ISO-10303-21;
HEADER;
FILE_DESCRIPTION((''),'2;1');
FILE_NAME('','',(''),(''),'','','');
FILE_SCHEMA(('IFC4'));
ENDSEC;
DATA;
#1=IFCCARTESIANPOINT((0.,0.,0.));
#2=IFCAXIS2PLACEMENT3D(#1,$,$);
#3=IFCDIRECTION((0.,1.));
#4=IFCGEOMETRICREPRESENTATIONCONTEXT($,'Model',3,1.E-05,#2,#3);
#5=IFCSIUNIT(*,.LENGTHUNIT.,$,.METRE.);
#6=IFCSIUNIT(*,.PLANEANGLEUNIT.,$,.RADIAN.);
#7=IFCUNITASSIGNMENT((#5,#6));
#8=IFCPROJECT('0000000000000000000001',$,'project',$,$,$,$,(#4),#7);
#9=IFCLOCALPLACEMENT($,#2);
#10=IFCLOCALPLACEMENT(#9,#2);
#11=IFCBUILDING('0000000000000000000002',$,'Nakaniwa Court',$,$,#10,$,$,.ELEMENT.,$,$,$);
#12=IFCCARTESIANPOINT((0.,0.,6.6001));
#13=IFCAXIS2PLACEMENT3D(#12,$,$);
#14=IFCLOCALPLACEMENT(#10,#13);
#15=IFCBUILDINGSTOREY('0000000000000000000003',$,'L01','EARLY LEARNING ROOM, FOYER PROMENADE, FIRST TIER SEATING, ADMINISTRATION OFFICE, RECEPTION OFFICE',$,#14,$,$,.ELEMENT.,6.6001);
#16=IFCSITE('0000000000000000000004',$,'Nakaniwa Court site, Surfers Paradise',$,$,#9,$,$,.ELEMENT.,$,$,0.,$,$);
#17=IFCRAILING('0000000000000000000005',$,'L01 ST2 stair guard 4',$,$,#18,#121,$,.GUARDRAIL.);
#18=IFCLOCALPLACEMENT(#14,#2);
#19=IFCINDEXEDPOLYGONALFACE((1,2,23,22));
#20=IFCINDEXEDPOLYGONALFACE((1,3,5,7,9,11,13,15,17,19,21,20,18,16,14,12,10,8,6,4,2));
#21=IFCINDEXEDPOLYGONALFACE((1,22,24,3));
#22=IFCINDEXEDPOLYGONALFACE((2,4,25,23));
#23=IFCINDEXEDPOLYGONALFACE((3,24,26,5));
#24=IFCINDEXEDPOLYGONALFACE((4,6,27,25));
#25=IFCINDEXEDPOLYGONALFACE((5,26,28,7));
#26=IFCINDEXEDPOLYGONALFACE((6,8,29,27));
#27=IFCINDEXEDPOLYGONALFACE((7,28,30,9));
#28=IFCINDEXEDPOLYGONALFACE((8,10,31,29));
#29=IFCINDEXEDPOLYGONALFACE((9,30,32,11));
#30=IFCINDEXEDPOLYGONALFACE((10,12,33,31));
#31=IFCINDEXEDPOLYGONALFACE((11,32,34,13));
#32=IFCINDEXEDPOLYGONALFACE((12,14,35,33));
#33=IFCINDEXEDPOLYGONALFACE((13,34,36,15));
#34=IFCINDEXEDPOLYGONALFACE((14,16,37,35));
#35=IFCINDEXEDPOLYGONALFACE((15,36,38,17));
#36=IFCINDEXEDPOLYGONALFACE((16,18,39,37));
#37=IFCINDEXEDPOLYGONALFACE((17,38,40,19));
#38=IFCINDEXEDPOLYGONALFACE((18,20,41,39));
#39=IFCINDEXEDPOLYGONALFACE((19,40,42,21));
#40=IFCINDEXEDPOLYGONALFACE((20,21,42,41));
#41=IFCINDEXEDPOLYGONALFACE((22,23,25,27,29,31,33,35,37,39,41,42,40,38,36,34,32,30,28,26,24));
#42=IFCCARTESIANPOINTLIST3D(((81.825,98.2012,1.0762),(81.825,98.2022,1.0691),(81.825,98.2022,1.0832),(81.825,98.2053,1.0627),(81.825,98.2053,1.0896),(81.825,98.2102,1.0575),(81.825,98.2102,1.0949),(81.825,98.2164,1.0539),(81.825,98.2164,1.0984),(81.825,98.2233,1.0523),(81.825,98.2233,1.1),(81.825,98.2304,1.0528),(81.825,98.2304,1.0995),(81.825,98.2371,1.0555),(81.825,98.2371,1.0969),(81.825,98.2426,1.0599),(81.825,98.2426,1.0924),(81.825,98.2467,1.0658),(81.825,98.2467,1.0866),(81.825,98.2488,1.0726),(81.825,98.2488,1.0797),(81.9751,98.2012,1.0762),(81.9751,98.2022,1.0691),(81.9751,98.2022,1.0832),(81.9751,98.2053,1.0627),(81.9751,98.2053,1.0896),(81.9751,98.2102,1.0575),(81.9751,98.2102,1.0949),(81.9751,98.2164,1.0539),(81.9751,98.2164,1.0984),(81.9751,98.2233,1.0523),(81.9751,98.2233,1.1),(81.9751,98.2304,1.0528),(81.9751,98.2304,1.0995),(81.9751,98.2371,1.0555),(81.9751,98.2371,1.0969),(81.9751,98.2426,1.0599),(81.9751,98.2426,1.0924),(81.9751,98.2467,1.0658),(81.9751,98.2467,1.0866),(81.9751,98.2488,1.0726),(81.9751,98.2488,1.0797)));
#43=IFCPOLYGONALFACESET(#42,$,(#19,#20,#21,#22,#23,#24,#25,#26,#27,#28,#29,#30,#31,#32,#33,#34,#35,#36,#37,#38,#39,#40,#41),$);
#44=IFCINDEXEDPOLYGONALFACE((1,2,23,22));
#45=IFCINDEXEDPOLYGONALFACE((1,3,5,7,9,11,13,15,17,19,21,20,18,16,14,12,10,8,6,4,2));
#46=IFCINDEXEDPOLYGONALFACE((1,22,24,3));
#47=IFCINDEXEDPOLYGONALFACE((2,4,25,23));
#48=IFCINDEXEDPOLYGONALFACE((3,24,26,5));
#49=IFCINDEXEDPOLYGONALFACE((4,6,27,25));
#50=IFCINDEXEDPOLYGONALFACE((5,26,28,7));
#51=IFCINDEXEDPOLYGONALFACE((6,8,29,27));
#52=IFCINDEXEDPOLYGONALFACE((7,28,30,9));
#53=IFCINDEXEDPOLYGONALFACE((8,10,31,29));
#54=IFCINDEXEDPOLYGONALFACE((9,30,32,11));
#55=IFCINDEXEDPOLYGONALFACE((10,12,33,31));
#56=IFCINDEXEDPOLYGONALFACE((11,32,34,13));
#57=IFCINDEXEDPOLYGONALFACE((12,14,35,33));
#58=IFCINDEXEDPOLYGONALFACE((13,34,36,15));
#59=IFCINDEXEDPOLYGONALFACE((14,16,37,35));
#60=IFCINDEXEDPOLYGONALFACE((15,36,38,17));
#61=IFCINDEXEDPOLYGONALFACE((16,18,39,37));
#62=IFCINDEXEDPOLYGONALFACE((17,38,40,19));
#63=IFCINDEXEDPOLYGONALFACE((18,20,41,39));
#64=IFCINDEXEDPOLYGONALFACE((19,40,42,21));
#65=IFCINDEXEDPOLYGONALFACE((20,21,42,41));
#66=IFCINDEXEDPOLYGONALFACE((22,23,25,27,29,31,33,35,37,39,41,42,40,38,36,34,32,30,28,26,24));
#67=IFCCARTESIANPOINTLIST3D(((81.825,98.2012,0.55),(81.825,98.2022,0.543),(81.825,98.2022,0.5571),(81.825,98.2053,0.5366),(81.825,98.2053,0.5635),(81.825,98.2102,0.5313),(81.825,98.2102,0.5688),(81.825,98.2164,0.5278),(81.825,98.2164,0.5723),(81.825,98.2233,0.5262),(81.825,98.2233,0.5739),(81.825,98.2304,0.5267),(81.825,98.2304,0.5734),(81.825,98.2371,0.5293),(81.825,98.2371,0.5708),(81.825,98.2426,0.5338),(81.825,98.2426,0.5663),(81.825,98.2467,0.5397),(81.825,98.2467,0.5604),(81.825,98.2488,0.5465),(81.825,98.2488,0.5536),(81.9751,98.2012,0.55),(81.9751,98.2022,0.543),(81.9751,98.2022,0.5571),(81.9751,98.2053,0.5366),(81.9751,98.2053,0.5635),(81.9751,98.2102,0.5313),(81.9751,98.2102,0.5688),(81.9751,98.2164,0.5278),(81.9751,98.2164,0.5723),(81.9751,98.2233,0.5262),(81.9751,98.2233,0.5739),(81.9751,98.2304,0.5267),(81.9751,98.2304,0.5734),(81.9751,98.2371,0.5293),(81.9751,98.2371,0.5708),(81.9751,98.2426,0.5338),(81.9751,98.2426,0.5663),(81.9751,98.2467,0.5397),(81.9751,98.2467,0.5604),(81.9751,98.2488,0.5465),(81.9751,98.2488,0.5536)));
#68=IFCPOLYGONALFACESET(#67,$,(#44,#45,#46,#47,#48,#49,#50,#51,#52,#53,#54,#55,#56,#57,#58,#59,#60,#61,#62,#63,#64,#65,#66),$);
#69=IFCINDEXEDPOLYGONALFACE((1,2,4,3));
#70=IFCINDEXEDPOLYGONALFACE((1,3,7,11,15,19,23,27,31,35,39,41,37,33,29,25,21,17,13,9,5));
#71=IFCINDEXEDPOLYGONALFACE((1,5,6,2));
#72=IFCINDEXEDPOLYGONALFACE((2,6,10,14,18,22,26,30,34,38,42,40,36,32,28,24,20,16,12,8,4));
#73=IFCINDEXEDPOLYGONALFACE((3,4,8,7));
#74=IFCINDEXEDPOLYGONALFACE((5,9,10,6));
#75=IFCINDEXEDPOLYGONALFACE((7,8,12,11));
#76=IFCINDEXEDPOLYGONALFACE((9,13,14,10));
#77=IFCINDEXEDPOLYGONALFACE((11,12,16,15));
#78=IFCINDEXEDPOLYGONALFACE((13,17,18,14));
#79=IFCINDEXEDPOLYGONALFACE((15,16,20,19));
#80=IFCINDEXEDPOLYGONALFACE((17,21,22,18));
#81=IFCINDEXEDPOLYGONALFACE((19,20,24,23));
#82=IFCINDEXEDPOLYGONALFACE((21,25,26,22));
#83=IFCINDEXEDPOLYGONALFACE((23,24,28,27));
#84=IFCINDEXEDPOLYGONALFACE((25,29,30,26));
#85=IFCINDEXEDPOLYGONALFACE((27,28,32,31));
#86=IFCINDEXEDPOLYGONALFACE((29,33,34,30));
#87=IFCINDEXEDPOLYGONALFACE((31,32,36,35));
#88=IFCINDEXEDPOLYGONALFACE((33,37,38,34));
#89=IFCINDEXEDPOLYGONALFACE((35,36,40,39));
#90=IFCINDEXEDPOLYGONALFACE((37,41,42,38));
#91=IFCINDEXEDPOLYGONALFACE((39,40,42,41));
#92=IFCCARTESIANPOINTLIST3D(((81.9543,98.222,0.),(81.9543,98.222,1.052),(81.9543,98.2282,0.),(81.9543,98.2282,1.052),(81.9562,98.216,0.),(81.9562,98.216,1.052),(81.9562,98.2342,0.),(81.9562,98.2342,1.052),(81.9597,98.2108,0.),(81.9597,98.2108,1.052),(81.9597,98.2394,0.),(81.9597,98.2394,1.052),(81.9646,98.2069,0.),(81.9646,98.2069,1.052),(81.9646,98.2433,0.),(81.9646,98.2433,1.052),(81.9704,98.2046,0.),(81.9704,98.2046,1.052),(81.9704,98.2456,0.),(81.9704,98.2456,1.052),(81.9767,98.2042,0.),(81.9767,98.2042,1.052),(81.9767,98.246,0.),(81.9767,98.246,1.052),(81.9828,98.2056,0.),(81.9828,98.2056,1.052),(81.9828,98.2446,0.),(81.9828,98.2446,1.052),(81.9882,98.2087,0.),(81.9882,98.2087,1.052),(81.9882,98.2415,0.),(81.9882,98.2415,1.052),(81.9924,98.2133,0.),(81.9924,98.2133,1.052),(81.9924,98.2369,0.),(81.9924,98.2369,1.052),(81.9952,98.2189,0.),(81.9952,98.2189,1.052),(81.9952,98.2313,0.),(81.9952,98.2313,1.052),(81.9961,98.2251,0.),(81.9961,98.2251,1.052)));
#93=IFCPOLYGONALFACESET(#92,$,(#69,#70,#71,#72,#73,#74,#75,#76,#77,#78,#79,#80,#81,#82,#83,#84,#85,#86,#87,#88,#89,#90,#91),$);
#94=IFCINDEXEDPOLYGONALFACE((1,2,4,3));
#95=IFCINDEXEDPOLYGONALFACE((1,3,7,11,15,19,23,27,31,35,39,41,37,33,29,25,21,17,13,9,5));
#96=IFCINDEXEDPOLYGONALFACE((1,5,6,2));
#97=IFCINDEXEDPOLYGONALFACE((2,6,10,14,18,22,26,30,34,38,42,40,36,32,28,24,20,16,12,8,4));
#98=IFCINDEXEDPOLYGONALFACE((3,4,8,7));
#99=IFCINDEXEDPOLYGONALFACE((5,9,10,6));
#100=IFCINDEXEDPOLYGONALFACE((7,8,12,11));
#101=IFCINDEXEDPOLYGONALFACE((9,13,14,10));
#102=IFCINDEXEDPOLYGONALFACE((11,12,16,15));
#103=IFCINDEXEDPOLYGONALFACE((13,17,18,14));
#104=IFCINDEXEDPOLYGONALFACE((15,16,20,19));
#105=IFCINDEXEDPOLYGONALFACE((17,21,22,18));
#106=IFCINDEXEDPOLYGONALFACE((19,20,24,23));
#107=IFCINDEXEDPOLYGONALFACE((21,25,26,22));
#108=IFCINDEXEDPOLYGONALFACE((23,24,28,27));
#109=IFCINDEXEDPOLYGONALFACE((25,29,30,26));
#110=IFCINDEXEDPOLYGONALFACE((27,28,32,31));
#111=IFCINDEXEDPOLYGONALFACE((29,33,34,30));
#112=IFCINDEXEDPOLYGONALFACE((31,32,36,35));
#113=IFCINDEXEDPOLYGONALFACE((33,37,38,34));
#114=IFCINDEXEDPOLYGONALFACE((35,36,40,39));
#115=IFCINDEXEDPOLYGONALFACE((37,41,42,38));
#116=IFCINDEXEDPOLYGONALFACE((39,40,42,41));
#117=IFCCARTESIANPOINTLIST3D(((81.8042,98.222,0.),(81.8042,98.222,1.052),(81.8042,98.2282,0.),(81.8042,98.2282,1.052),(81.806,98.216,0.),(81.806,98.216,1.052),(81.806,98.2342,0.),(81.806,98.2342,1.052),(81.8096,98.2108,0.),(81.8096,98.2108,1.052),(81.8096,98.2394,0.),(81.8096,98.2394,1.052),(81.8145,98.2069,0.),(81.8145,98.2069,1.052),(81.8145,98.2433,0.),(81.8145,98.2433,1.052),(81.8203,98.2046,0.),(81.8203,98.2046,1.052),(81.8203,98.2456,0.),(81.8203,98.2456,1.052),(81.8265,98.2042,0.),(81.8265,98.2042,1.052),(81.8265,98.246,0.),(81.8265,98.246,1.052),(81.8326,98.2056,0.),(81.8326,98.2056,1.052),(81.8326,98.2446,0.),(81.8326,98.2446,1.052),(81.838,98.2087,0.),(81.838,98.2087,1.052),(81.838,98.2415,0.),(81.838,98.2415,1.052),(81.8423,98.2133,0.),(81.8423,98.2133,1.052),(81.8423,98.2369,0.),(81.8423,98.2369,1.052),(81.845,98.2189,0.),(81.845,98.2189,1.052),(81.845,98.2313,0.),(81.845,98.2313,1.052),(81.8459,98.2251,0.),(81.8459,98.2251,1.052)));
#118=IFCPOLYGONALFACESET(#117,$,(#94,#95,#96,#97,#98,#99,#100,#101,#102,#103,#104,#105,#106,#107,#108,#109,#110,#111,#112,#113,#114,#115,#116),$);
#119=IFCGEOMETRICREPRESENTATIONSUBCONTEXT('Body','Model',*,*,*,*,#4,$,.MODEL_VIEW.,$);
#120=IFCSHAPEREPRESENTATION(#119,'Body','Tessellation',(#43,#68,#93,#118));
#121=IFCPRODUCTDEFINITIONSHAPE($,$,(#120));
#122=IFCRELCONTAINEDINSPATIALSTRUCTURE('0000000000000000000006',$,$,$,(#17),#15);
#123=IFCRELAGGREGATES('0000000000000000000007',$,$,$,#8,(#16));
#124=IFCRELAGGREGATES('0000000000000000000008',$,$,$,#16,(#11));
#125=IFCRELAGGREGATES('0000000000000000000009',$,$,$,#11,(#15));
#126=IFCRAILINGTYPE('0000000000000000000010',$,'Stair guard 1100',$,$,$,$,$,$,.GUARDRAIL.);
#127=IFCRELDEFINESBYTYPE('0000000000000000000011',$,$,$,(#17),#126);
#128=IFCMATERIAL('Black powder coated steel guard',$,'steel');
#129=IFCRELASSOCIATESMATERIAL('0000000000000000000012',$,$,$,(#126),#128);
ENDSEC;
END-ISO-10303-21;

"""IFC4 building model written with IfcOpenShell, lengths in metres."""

from ifc_helpers import new_model, si_unit, direction, frame, origin, origin_2d, place, context, subcontext, project, spatial, circle, extrude, material, type_object, element, save


model = new_model("IFC4")

# Units and contexts
model_context = context("Model", 3, precision=1e-05, world=origin(), true_north=direction((0.0, 1.0)))
body_context = subcontext(model_context, "Body", "Model", "MODEL_VIEW")
ifc_project = project(units=[si_unit("LENGTHUNIT", "METRE"), si_unit("PLANEANGLEUNIT", "RADIAN")], contexts=[model_context])

# Site, building, storey
site_placement = place(None, origin())
site = spatial("IfcSite", under=ifc_project, at=site_placement, Name="Nakaniwa Court site, Surfers Paradise", CompositionType="ELEMENT", RefElevation=0.0)
building_placement = place(site_placement, origin())
building = spatial("IfcBuilding", under=site, at=building_placement, Name="Nakaniwa Court", CompositionType="ELEMENT")
storey_placement = place(building_placement, frame((0.0, 0.0, 6.6001)))
storey = spatial("IfcBuildingStorey", under=building, at=storey_placement, Name="L01", Description="EARLY LEARNING ROOM, FOYER PROMENADE, FIRST TIER SEATING, ADMINISTRATION OFFICE, RECEPTION OFFICE", CompositionType="ELEMENT", Elevation=6.6001)

# Railing
ifc_material_1 = material(Name="Black powder coated steel guard", Category="steel")
railing_type_1 = type_object("IfcRailingType", Name="Stair guard 1100", PredefinedType="GUARDRAIL", material=ifc_material_1)
railing_1_placement = place(storey_placement, frame((81.9751, 98.2251, 0.0)))
element("IfcRailing", 1, at=railing_1_placement, inside=storey, type_object=railing_type_1, Name="L01 ST2 stair guard 4", PredefinedType="GUARDRAIL", context=body_context, shape_type="SweptSolid", body=[
    extrude(circle(Radius=0.0239, at=origin_2d()), frame((0.0, 0.0, 1.0762), z_axis=(-1.0, 0.0, 0.0), x_axis=(0.0, -1.0, 0.0)), (0.0, 0.0, 1.0), 0.1501),
    extrude(circle(Radius=0.0239, at=origin_2d()), frame((0.0, 0.0, 0.55), z_axis=(-1.0, 0.0, 0.0), x_axis=(0.0, -1.0, 0.0)), (0.0, 0.0, 1.0), 0.1501),
    extrude(circle(Radius=0.021, at=origin_2d()), origin(), (0.0, 0.0, 1.0), 1.052),
    extrude(circle(Radius=0.021, at=origin_2d()), frame((-0.1501, 0.0, 0.0)), (0.0, 0.0, 1.0), 1.052),
])

save(model, "model.ifc")
